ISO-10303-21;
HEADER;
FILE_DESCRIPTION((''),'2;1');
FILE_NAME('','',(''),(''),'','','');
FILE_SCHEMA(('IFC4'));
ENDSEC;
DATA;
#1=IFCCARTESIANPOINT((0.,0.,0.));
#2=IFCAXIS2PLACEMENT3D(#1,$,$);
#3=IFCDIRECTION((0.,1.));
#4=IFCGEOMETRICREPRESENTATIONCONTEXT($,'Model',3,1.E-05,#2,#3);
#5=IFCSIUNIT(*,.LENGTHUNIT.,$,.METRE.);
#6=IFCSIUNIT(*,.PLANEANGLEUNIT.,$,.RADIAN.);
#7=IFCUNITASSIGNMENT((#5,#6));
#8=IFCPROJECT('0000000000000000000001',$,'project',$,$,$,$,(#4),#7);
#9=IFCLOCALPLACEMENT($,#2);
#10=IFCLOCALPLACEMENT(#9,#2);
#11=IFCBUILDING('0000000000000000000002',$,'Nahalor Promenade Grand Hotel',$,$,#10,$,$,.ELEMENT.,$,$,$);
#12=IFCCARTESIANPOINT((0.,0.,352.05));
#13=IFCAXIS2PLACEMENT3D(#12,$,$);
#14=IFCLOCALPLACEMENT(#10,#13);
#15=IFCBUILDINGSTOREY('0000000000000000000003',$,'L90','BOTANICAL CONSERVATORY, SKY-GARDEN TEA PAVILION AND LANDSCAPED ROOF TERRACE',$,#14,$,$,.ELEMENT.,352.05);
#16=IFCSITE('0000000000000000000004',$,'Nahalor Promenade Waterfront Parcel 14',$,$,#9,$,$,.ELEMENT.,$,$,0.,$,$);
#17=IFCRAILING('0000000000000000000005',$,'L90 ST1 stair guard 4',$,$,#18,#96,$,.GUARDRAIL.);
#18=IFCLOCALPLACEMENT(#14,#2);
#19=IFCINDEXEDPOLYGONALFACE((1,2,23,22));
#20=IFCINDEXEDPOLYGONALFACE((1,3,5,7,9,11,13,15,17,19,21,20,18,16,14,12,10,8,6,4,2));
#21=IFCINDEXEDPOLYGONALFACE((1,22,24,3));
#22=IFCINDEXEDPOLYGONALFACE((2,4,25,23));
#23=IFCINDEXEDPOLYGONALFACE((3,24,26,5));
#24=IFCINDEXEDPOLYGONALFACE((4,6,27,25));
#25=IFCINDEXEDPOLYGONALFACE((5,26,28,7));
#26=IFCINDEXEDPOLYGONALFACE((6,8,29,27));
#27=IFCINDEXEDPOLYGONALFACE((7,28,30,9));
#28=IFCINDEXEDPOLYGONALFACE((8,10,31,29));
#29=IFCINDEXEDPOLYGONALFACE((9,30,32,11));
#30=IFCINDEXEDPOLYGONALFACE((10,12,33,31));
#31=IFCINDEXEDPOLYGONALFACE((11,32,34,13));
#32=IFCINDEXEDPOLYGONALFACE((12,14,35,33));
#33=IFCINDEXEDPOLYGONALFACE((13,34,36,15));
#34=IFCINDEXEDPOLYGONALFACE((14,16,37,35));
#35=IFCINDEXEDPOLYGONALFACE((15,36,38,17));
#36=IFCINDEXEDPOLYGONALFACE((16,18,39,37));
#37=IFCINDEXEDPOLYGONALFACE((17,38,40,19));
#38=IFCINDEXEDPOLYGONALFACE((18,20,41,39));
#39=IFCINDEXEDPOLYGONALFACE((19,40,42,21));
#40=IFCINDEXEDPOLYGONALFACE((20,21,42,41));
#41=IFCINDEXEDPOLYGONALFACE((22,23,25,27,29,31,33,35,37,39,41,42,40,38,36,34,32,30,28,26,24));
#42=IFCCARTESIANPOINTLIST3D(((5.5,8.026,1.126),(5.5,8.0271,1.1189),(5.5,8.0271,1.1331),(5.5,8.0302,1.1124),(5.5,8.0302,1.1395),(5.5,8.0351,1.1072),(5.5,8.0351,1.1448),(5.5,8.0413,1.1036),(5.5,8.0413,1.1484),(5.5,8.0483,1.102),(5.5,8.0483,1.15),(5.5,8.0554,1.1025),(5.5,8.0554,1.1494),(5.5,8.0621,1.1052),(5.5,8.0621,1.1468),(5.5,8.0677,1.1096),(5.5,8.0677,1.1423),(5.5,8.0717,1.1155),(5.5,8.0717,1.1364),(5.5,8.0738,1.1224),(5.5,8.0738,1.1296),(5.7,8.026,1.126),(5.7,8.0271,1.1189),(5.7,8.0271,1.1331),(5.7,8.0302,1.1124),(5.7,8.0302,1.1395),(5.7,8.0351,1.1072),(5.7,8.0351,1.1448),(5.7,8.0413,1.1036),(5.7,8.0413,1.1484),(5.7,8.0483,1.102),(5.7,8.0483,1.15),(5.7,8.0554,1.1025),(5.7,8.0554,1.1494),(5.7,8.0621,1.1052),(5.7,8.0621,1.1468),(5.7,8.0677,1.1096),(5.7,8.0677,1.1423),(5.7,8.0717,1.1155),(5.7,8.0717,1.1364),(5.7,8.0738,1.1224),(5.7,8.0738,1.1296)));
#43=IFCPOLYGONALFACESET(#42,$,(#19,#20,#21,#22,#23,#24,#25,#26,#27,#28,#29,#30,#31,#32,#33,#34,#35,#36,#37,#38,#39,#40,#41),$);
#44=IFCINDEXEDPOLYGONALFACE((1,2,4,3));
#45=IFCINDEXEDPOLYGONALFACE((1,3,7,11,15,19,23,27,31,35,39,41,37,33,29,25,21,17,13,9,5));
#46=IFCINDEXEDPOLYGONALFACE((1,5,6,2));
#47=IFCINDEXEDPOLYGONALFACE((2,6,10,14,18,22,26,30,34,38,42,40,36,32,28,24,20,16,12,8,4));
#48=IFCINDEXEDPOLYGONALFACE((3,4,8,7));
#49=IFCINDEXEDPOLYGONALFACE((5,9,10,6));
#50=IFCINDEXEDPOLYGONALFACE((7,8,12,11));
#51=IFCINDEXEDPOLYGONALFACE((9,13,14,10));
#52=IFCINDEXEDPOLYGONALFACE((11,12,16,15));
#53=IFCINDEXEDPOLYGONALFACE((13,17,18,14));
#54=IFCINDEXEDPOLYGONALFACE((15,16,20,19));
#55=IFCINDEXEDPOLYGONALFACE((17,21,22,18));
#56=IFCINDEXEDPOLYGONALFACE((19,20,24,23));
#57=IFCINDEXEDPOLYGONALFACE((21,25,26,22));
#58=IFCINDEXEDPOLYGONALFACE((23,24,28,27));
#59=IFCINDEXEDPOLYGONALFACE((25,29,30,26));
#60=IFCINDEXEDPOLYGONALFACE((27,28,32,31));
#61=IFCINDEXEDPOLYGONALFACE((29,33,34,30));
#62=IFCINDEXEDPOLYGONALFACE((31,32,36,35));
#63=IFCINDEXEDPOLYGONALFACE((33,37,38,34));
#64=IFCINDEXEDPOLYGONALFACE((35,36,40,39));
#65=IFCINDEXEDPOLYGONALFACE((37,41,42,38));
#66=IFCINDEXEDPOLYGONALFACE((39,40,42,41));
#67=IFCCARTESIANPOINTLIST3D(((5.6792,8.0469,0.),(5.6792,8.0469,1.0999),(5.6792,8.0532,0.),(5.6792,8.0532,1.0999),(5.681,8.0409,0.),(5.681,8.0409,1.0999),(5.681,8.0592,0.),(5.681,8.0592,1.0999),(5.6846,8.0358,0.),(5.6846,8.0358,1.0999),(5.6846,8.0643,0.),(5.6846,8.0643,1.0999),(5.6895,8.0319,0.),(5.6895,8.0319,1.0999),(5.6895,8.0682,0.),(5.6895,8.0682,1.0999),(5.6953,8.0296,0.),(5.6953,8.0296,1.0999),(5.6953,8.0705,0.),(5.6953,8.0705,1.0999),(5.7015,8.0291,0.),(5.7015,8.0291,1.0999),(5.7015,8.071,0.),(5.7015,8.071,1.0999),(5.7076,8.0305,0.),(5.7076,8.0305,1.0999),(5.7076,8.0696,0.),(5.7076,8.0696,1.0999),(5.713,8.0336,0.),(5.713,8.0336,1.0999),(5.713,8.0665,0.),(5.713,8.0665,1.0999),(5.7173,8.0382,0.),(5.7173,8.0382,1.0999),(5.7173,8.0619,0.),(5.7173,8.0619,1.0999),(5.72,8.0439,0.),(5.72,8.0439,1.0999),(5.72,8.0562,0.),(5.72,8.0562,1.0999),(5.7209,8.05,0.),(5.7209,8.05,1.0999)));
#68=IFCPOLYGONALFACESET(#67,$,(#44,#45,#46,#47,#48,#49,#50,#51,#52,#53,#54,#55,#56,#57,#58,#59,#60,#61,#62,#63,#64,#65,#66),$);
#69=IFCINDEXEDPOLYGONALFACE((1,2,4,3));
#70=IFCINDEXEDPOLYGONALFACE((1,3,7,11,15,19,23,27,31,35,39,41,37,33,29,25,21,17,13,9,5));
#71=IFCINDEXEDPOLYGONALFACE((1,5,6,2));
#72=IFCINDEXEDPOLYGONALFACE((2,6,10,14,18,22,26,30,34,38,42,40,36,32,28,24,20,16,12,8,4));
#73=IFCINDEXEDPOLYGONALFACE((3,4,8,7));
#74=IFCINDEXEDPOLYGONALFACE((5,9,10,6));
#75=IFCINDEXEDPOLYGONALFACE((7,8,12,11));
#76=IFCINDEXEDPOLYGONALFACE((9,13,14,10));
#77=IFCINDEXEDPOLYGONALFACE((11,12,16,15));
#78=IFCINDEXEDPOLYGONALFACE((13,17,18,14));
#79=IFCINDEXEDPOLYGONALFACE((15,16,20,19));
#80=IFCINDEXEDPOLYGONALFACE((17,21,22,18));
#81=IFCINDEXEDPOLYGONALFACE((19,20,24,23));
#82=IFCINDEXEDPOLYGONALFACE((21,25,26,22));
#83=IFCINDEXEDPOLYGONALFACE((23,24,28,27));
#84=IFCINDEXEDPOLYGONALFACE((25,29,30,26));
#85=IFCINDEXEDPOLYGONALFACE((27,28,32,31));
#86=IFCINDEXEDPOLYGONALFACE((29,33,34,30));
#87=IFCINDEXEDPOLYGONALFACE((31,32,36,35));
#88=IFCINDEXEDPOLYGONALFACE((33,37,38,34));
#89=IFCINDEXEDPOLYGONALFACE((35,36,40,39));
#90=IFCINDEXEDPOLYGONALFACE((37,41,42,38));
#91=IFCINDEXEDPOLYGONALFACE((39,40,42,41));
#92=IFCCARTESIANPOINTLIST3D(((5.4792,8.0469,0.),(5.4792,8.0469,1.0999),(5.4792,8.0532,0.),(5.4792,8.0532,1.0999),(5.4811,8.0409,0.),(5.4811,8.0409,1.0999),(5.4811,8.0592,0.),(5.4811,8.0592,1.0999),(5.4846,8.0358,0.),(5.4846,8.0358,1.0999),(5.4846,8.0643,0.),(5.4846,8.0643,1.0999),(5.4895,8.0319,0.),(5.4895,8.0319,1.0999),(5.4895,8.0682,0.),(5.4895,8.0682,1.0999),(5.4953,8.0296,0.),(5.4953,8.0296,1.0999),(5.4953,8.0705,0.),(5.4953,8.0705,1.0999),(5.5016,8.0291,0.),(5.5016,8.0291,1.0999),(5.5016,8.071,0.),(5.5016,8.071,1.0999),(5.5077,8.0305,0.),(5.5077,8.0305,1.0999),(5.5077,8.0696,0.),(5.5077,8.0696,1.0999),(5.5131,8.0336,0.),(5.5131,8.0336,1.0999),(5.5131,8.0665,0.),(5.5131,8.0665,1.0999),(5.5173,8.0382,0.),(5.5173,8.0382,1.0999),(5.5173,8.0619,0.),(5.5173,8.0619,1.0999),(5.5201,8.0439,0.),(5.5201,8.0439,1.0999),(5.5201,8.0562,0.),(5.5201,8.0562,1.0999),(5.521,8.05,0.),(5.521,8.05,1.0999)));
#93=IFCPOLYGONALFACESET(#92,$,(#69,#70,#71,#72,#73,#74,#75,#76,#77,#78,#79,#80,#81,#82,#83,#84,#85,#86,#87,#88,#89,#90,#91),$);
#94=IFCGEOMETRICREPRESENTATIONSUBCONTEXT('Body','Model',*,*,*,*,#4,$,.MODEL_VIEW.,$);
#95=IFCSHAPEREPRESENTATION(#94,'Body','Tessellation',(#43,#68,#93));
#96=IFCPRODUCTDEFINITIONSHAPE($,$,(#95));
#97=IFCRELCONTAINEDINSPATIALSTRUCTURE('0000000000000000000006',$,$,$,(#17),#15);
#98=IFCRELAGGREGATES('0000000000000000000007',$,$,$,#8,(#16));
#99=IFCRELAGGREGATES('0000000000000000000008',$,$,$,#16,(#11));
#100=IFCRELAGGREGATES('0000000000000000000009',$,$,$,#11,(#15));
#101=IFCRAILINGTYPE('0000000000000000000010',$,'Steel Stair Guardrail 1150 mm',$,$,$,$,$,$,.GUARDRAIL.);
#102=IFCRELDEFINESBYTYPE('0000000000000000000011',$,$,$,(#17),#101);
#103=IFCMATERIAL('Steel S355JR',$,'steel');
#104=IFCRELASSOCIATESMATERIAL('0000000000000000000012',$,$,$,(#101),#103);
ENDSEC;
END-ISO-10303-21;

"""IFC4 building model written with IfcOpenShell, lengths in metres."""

from ifc_helpers import new_model, si_unit, direction, frame, origin, origin_2d, place, context, subcontext, project, spatial, circle, extrude, material, type_object, element, save


model = new_model("IFC4")

# Units and contexts
model_context = context("Model", 3, precision=1e-05, world=origin(), true_north=direction((0.0, 1.0)))
body_context = subcontext(model_context, "Body", "Model", "MODEL_VIEW")
ifc_project = project(units=[si_unit("LENGTHUNIT", "METRE"), si_unit("PLANEANGLEUNIT", "RADIAN")], contexts=[model_context])

# Site, building, storey
site_placement = place(None, origin())
site = spatial("IfcSite", under=ifc_project, at=site_placement, Name="Nahalor Promenade Waterfront Parcel 14", CompositionType="ELEMENT", RefElevation=0.0)
building_placement = place(site_placement, origin())
building = spatial("IfcBuilding", under=site, at=building_placement, Name="Nahalor Promenade Grand Hotel", CompositionType="ELEMENT")
storey_placement = place(building_placement, frame((0.0, 0.0, 352.05)))
storey = spatial("IfcBuildingStorey", under=building, at=storey_placement, Name="L90", Description="BOTANICAL CONSERVATORY, SKY-GARDEN TEA PAVILION AND LANDSCAPED ROOF TERRACE", CompositionType="ELEMENT", Elevation=352.05)

# Shared definitions
ifc_material_1 = material(Name="Steel S355JR", Category="steel")

# Railing
railing_type_1 = type_object("IfcRailingType", Name="Steel Stair Guardrail 1150 mm", PredefinedType="GUARDRAIL", material=ifc_material_1)
railing_1_placement = place(storey_placement, frame((5.7, 8.05, 0.0)))
element("IfcRailing", 1, at=railing_1_placement, inside=storey, type_object=railing_type_1, Name="L90 ST1 stair guard 4", PredefinedType="GUARDRAIL", context=body_context, shape_type="SweptSolid", body=[
    extrude(circle(Radius=0.024, at=origin_2d()), frame((0.0, 0.0, 1.126), z_axis=(-1.0, 0.0, 0.0), x_axis=(0.0, -1.0, 0.0)), (0.0, 0.0, 1.0), 0.2),
    extrude(circle(Radius=0.021, at=origin_2d()), origin(), (0.0, 0.0, 1.0), 1.0999),
    extrude(circle(Radius=0.021, at=origin_2d()), frame((-0.2, 0.0, 0.0)), (0.0, 0.0, 1.0), 1.0999),
])

save(model, "model.ifc")
